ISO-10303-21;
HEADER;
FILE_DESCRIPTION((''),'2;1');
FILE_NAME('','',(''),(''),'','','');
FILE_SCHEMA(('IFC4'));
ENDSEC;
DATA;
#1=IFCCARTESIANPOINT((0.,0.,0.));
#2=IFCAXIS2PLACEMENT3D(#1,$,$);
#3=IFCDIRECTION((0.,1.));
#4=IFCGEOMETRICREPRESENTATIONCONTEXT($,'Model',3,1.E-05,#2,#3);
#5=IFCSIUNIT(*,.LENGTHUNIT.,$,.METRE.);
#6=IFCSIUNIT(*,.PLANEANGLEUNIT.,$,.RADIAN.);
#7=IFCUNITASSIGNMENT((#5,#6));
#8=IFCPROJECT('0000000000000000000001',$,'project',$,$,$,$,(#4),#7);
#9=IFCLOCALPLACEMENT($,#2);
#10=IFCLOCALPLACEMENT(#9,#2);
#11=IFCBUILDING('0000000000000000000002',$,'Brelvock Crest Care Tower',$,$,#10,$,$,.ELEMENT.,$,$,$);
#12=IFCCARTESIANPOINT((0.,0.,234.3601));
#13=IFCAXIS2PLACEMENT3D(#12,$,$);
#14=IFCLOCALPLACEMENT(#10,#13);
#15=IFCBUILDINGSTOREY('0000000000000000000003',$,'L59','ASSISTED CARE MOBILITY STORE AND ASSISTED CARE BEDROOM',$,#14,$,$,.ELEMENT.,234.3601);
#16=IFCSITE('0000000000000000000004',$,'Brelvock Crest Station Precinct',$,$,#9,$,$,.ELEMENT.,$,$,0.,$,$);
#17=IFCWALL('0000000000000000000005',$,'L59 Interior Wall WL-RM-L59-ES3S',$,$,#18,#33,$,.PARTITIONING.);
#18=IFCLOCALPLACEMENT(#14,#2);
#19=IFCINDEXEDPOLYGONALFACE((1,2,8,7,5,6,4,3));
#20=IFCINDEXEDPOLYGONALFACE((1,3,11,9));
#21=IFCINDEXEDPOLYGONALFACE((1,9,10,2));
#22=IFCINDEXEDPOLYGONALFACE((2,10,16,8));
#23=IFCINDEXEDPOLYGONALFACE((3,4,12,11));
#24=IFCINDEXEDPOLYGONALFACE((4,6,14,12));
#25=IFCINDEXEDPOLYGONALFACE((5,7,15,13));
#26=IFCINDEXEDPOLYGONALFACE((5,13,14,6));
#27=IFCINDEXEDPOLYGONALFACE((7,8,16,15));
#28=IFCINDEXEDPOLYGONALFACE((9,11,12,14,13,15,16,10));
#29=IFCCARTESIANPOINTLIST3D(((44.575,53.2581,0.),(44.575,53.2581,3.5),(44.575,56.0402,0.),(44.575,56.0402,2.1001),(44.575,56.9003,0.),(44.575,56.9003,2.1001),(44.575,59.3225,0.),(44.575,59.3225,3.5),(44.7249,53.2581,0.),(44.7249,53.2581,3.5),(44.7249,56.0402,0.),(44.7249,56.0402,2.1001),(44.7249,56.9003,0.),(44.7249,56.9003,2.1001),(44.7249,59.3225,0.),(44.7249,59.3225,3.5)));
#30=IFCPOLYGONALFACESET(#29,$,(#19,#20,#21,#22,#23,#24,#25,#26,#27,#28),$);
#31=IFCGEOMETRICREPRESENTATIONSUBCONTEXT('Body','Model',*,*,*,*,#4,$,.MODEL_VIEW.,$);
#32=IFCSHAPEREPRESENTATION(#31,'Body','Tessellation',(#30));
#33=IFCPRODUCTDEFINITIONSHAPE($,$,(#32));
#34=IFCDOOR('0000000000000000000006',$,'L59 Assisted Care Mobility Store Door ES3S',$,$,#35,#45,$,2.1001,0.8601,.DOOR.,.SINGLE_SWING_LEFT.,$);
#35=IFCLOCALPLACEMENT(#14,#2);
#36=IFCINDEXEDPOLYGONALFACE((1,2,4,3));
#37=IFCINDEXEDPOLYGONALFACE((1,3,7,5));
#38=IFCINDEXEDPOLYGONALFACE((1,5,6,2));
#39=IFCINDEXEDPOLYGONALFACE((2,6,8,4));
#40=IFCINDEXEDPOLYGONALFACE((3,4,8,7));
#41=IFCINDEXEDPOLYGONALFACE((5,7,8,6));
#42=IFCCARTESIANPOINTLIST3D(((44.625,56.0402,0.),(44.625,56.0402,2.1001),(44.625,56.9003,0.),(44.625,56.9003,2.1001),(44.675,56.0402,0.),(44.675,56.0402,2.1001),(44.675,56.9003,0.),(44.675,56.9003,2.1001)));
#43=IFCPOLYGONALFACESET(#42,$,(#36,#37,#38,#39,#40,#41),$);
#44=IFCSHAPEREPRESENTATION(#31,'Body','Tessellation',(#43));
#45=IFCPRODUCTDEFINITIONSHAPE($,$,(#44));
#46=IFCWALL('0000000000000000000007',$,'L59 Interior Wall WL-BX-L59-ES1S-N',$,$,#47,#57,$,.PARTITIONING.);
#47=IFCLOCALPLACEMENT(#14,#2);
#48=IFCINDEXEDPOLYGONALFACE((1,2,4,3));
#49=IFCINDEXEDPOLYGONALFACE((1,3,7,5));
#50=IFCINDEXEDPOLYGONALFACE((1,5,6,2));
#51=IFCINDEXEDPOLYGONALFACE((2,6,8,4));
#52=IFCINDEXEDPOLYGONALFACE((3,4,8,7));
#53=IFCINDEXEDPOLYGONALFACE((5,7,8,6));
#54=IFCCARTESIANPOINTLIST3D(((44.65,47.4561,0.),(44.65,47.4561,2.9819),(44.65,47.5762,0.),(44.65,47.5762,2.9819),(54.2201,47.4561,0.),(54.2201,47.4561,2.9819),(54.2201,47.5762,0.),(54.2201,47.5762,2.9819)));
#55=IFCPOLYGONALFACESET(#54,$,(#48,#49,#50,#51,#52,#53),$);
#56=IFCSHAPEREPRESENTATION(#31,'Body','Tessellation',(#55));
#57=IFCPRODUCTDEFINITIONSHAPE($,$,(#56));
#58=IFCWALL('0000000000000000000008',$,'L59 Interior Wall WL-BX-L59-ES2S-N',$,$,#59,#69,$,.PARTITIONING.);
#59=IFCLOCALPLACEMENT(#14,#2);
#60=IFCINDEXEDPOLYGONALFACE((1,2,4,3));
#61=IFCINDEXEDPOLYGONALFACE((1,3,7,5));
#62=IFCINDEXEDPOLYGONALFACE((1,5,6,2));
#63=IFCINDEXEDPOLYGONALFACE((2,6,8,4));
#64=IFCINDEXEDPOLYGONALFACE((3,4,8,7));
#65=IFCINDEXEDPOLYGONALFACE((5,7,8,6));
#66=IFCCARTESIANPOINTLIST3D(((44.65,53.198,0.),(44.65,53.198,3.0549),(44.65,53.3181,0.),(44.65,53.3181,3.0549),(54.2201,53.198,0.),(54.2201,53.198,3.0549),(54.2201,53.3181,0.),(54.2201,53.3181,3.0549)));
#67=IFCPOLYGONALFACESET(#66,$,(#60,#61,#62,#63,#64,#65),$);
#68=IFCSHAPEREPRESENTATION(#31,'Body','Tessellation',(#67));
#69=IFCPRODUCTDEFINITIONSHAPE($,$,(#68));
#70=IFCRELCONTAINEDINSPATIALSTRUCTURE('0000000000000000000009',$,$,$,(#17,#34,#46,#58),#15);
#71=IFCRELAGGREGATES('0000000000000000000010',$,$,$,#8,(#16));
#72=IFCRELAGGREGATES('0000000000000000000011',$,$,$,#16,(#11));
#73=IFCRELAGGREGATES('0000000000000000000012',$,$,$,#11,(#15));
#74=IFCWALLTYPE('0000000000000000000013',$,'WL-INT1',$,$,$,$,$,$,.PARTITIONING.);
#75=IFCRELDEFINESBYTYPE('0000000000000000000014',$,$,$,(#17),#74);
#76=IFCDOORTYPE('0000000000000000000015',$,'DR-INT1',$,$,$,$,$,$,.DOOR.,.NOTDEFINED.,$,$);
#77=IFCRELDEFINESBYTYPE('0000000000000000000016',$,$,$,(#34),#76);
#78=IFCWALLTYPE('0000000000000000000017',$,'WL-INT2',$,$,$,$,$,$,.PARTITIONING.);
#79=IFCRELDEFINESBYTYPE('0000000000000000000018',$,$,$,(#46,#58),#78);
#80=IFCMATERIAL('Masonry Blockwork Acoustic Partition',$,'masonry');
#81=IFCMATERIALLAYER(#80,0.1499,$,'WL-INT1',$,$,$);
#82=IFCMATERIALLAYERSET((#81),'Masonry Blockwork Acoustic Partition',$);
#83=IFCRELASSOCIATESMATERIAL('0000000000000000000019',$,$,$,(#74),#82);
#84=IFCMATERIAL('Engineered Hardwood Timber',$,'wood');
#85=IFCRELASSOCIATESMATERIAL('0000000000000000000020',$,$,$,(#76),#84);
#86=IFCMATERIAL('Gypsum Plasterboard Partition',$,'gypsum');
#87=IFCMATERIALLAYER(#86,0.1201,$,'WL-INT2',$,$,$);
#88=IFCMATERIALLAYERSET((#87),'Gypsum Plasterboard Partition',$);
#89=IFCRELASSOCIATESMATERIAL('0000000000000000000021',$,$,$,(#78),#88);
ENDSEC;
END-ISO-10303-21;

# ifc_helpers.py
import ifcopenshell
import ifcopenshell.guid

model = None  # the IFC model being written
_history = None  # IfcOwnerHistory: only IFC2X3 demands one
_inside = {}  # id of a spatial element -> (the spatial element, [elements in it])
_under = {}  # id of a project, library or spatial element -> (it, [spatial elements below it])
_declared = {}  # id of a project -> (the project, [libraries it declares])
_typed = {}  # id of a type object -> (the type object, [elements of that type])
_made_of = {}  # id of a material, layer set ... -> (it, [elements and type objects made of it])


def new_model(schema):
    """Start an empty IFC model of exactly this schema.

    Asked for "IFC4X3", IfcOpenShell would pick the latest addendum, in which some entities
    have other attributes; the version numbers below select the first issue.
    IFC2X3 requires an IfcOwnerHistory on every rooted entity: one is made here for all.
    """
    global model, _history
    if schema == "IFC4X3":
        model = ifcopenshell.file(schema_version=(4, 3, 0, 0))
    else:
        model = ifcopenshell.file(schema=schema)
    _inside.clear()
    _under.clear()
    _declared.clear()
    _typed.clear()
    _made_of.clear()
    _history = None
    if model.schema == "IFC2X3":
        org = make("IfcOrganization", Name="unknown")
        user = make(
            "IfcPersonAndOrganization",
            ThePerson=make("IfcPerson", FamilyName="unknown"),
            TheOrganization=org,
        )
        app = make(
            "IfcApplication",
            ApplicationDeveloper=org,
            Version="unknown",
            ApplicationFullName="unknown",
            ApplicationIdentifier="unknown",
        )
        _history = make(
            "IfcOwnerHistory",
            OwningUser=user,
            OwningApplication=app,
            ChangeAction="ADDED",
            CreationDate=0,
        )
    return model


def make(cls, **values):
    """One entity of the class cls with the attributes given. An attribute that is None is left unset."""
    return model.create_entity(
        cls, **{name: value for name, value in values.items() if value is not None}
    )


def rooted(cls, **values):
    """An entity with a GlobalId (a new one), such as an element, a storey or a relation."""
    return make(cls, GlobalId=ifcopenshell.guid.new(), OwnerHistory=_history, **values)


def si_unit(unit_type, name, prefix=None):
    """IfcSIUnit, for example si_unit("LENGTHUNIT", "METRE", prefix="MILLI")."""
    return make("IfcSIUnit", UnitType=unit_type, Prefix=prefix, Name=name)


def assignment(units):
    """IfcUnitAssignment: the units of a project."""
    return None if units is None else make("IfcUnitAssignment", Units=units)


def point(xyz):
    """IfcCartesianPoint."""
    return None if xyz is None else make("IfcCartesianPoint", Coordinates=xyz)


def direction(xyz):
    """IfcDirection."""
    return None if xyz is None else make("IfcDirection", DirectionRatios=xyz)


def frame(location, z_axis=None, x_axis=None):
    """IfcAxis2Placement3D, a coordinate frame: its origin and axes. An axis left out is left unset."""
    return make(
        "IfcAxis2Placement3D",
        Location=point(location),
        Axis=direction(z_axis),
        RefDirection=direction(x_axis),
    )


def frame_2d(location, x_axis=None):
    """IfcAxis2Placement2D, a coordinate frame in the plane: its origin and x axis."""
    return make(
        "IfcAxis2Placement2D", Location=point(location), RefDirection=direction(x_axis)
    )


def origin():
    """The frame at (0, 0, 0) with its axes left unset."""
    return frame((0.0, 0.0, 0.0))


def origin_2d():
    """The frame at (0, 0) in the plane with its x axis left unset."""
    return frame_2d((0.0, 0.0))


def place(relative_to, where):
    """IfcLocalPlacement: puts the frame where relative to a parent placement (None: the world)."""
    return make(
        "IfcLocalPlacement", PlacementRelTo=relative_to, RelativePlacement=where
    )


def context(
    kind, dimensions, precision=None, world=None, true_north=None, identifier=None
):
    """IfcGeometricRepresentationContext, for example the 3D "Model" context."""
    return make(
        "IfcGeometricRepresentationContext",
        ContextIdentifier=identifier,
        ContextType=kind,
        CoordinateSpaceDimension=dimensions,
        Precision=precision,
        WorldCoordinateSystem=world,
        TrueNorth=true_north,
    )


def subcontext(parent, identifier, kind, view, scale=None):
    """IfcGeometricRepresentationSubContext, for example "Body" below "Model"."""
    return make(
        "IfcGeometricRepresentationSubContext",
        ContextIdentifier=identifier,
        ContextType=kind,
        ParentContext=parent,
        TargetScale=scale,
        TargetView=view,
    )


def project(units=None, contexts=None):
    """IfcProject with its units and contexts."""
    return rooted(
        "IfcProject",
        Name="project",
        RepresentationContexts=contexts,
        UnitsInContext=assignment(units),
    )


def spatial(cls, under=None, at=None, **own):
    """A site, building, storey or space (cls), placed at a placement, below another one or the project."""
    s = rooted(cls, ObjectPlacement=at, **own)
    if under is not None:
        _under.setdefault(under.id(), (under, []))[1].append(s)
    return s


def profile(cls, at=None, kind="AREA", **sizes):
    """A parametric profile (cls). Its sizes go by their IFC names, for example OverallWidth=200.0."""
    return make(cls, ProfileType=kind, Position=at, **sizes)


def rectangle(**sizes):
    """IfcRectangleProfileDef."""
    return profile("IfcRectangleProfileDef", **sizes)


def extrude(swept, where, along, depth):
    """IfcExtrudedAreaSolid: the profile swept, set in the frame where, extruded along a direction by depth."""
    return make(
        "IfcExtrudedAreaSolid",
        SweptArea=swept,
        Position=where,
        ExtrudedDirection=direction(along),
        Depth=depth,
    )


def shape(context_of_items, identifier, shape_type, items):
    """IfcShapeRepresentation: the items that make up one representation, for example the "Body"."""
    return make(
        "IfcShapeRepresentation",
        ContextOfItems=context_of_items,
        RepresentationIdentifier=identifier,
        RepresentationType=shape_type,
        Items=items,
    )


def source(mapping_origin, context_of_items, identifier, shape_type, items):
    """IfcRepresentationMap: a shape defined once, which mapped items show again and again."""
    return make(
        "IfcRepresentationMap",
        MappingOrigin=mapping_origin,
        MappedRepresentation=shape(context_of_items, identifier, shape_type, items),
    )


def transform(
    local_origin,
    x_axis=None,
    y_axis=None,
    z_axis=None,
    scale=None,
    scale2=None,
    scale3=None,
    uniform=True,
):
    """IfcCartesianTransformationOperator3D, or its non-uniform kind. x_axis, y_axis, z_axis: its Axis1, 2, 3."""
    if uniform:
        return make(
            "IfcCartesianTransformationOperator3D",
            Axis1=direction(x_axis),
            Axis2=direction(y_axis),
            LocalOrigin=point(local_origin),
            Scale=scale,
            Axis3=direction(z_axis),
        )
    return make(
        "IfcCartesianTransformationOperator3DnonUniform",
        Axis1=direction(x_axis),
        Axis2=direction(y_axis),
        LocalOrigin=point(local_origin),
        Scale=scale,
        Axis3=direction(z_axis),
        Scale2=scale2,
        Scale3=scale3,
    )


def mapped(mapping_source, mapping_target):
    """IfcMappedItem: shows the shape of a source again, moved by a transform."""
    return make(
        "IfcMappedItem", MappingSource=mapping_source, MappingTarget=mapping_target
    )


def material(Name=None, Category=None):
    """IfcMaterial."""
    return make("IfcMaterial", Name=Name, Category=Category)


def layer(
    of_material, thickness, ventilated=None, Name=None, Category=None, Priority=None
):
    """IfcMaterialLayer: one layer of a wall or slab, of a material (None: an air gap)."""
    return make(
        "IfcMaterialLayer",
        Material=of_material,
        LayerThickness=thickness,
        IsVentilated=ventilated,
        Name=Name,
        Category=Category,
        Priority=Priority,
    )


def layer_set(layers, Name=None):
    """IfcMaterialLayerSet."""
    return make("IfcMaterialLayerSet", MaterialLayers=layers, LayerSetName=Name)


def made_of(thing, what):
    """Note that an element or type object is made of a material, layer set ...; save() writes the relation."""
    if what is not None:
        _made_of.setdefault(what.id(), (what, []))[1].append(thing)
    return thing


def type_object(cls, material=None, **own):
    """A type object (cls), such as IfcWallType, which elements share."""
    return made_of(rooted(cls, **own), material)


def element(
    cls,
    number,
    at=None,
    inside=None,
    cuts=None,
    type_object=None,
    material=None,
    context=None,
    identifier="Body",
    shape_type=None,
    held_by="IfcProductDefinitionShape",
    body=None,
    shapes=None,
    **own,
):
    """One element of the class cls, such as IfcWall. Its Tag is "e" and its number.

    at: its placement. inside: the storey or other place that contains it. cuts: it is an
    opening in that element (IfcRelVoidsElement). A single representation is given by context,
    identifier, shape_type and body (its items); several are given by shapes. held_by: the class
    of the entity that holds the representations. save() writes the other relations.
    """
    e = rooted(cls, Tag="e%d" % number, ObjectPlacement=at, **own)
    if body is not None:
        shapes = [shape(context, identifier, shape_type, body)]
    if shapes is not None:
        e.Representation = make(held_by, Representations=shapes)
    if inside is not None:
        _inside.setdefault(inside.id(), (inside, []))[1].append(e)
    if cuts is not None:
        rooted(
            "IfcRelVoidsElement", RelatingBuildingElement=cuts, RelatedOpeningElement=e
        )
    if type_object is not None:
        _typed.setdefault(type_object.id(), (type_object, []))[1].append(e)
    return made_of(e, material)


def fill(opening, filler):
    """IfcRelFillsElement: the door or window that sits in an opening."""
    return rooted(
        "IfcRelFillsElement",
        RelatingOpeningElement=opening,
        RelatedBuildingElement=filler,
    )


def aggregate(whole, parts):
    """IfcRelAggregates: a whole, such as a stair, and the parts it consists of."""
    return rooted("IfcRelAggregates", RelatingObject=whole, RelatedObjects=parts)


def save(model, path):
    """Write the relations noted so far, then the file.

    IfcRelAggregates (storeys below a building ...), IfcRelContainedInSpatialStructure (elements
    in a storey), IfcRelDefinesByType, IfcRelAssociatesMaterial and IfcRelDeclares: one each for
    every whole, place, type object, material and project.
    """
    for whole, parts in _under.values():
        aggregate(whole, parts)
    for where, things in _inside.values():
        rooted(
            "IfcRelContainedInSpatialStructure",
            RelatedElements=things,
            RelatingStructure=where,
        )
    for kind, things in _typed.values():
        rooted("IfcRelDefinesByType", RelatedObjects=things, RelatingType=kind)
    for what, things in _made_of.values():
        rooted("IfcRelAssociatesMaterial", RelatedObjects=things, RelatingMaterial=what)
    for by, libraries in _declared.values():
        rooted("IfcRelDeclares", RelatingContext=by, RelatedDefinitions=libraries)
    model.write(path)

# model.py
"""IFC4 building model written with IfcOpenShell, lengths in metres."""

from ifc_helpers import new_model, si_unit, direction, frame, frame_2d, origin, origin_2d, place, context, subcontext, project, spatial, rectangle, extrude, source, transform, mapped, material, layer, layer_set, type_object, element, fill, save


model = new_model("IFC4")

# Units and contexts
model_context = context("Model", 3, precision=1e-05, world=origin(), true_north=direction((0.0, 1.0)))
body_context = subcontext(model_context, "Body", "Model", "MODEL_VIEW")
ifc_project = project(units=[si_unit("LENGTHUNIT", "METRE"), si_unit("PLANEANGLEUNIT", "RADIAN")], contexts=[model_context])

# Site, building, storey
site_placement = place(None, origin())
site = spatial("IfcSite", under=ifc_project, at=site_placement, Name="Brelvock Crest Station Precinct", CompositionType="ELEMENT", RefElevation=0.0)
building_placement = place(site_placement, origin())
building = spatial("IfcBuilding", under=site, at=building_placement, Name="Brelvock Crest Care Tower", CompositionType="ELEMENT")
storey_placement = place(building_placement, frame((0.0, 0.0, 234.3601)))
storey = spatial("IfcBuildingStorey", under=building, at=storey_placement, Name="L59", Description="ASSISTED CARE MOBILITY STORE AND ASSISTED CARE BEDROOM", CompositionType="ELEMENT", Elevation=234.3601)

# Wall, opening, door
ifc_material_1 = material(Name="Masonry Blockwork Acoustic Partition", Category="masonry")
ifc_layer_1 = layer(ifc_material_1, 0.1499, Name="WL-INT1")
ifc_layer_set_1 = layer_set([ifc_layer_1], Name="Masonry Blockwork Acoustic Partition")
wall_type_1 = type_object("IfcWallType", Name="WL-INT1", PredefinedType="PARTITIONING", material=ifc_layer_set_1)
ifc_material_2 = material(Name="Engineered Hardwood Timber", Category="wood")
door_type = type_object("IfcDoorType", Name="DR-INT1", OperationType="NOTDEFINED", PredefinedType="DOOR", material=ifc_material_2)
shared_shape_1 = source(origin(), body_context, "Body", "SweptSolid", [
    extrude(rectangle(XDim=0.8601, YDim=2.1001, at=origin_2d()), frame((0.4302, 0.0249, 1.05), z_axis=(0.0, -1.0, 0.0), x_axis=(1.0, 0.0, 0.0)), (0.0, 0.0, 1.0), 0.05),
])
wall_1_placement = place(storey_placement, frame((44.6499, 53.2581, 0.0), z_axis=(0.0, 0.0, 1.0), x_axis=(0.0, 1.0, 0.0)))
wall_1 = element("IfcWall", 1, at=wall_1_placement, inside=storey, type_object=wall_type_1, Name="L59 Interior Wall WL-RM-L59-ES3S", PredefinedType="PARTITIONING", context=body_context, shape_type="SweptSolid", body=[
    extrude(rectangle(XDim=6.0645, YDim=0.1499, at=frame_2d((3.0322, 0.0))), origin(), (0.0, 0.0, 1.0), 3.5),
])
opening_1_placement = place(wall_1_placement, frame((2.782, 0.0, 0.0)))
opening_1 = element("IfcOpeningElement", 2, at=opening_1_placement, cuts=wall_1, PredefinedType="OPENING", context=body_context, shape_type="SweptSolid", body=[
    extrude(rectangle(XDim=0.8601, YDim=2.1001, at=origin_2d()), frame((0.4302, 0.085, 1.05), z_axis=(0.0, -1.0, 0.0), x_axis=(1.0, 0.0, 0.0)), (0.0, 0.0, 1.0), 0.1699),
])
door_1_placement = place(opening_1_placement, origin())
door_1 = element("IfcDoor", 3, at=door_1_placement, inside=storey, type_object=door_type, Name="L59 Assisted Care Mobility Store Door ES3S", OperationType="SINGLE_SWING_LEFT", OverallHeight=2.1001, OverallWidth=0.8601, PredefinedType="DOOR", context=body_context, shape_type="MappedRepresentation", body=[
    mapped(shared_shape_1, transform((0.0, 0.0, 0.0), x_axis=(1.0, 0.0, 0.0), y_axis=(0.0, 1.0, 0.0), z_axis=(0.0, 0.0, 1.0), scale=1.0)),
])
fill(opening_1, door_1)

# Walls
ifc_material_3 = material(Name="Gypsum Plasterboard Partition", Category="gypsum")
ifc_layer_2 = layer(ifc_material_3, 0.1201, Name="WL-INT2")
ifc_layer_set_2 = layer_set([ifc_layer_2], Name="Gypsum Plasterboard Partition")
wall_type_2 = type_object("IfcWallType", Name="WL-INT2", PredefinedType="PARTITIONING", material=ifc_layer_set_2)
wall_2_placement = place(storey_placement, frame((44.6499, 47.5161, 0.0), z_axis=(0.0, 0.0, 1.0), x_axis=(1.0, 0.0, 0.0)))
element("IfcWall", 4, at=wall_2_placement, inside=storey, type_object=wall_type_2, Name="L59 Interior Wall WL-BX-L59-ES1S-N", PredefinedType="PARTITIONING", context=body_context, shape_type="SweptSolid", body=[
    extrude(rectangle(XDim=9.5701, YDim=0.1201, at=frame_2d((4.7852, 0.0))), origin(), (0.0, 0.0, 1.0), 2.9819),
])
wall_3_placement = place(storey_placement, frame((44.6499, 53.2581, 0.0), z_axis=(0.0, 0.0, 1.0), x_axis=(1.0, 0.0, 0.0)))
element("IfcWall", 5, at=wall_3_placement, inside=storey, type_object=wall_type_2, Name="L59 Interior Wall WL-BX-L59-ES2S-N", PredefinedType="PARTITIONING", context=body_context, shape_type="SweptSolid", body=[
    extrude(rectangle(XDim=9.5701, YDim=0.1201, at=frame_2d((4.7852, 0.0))), origin(), (0.0, 0.0, 1.0), 3.0549),
])

save(model, "model.ifc")
